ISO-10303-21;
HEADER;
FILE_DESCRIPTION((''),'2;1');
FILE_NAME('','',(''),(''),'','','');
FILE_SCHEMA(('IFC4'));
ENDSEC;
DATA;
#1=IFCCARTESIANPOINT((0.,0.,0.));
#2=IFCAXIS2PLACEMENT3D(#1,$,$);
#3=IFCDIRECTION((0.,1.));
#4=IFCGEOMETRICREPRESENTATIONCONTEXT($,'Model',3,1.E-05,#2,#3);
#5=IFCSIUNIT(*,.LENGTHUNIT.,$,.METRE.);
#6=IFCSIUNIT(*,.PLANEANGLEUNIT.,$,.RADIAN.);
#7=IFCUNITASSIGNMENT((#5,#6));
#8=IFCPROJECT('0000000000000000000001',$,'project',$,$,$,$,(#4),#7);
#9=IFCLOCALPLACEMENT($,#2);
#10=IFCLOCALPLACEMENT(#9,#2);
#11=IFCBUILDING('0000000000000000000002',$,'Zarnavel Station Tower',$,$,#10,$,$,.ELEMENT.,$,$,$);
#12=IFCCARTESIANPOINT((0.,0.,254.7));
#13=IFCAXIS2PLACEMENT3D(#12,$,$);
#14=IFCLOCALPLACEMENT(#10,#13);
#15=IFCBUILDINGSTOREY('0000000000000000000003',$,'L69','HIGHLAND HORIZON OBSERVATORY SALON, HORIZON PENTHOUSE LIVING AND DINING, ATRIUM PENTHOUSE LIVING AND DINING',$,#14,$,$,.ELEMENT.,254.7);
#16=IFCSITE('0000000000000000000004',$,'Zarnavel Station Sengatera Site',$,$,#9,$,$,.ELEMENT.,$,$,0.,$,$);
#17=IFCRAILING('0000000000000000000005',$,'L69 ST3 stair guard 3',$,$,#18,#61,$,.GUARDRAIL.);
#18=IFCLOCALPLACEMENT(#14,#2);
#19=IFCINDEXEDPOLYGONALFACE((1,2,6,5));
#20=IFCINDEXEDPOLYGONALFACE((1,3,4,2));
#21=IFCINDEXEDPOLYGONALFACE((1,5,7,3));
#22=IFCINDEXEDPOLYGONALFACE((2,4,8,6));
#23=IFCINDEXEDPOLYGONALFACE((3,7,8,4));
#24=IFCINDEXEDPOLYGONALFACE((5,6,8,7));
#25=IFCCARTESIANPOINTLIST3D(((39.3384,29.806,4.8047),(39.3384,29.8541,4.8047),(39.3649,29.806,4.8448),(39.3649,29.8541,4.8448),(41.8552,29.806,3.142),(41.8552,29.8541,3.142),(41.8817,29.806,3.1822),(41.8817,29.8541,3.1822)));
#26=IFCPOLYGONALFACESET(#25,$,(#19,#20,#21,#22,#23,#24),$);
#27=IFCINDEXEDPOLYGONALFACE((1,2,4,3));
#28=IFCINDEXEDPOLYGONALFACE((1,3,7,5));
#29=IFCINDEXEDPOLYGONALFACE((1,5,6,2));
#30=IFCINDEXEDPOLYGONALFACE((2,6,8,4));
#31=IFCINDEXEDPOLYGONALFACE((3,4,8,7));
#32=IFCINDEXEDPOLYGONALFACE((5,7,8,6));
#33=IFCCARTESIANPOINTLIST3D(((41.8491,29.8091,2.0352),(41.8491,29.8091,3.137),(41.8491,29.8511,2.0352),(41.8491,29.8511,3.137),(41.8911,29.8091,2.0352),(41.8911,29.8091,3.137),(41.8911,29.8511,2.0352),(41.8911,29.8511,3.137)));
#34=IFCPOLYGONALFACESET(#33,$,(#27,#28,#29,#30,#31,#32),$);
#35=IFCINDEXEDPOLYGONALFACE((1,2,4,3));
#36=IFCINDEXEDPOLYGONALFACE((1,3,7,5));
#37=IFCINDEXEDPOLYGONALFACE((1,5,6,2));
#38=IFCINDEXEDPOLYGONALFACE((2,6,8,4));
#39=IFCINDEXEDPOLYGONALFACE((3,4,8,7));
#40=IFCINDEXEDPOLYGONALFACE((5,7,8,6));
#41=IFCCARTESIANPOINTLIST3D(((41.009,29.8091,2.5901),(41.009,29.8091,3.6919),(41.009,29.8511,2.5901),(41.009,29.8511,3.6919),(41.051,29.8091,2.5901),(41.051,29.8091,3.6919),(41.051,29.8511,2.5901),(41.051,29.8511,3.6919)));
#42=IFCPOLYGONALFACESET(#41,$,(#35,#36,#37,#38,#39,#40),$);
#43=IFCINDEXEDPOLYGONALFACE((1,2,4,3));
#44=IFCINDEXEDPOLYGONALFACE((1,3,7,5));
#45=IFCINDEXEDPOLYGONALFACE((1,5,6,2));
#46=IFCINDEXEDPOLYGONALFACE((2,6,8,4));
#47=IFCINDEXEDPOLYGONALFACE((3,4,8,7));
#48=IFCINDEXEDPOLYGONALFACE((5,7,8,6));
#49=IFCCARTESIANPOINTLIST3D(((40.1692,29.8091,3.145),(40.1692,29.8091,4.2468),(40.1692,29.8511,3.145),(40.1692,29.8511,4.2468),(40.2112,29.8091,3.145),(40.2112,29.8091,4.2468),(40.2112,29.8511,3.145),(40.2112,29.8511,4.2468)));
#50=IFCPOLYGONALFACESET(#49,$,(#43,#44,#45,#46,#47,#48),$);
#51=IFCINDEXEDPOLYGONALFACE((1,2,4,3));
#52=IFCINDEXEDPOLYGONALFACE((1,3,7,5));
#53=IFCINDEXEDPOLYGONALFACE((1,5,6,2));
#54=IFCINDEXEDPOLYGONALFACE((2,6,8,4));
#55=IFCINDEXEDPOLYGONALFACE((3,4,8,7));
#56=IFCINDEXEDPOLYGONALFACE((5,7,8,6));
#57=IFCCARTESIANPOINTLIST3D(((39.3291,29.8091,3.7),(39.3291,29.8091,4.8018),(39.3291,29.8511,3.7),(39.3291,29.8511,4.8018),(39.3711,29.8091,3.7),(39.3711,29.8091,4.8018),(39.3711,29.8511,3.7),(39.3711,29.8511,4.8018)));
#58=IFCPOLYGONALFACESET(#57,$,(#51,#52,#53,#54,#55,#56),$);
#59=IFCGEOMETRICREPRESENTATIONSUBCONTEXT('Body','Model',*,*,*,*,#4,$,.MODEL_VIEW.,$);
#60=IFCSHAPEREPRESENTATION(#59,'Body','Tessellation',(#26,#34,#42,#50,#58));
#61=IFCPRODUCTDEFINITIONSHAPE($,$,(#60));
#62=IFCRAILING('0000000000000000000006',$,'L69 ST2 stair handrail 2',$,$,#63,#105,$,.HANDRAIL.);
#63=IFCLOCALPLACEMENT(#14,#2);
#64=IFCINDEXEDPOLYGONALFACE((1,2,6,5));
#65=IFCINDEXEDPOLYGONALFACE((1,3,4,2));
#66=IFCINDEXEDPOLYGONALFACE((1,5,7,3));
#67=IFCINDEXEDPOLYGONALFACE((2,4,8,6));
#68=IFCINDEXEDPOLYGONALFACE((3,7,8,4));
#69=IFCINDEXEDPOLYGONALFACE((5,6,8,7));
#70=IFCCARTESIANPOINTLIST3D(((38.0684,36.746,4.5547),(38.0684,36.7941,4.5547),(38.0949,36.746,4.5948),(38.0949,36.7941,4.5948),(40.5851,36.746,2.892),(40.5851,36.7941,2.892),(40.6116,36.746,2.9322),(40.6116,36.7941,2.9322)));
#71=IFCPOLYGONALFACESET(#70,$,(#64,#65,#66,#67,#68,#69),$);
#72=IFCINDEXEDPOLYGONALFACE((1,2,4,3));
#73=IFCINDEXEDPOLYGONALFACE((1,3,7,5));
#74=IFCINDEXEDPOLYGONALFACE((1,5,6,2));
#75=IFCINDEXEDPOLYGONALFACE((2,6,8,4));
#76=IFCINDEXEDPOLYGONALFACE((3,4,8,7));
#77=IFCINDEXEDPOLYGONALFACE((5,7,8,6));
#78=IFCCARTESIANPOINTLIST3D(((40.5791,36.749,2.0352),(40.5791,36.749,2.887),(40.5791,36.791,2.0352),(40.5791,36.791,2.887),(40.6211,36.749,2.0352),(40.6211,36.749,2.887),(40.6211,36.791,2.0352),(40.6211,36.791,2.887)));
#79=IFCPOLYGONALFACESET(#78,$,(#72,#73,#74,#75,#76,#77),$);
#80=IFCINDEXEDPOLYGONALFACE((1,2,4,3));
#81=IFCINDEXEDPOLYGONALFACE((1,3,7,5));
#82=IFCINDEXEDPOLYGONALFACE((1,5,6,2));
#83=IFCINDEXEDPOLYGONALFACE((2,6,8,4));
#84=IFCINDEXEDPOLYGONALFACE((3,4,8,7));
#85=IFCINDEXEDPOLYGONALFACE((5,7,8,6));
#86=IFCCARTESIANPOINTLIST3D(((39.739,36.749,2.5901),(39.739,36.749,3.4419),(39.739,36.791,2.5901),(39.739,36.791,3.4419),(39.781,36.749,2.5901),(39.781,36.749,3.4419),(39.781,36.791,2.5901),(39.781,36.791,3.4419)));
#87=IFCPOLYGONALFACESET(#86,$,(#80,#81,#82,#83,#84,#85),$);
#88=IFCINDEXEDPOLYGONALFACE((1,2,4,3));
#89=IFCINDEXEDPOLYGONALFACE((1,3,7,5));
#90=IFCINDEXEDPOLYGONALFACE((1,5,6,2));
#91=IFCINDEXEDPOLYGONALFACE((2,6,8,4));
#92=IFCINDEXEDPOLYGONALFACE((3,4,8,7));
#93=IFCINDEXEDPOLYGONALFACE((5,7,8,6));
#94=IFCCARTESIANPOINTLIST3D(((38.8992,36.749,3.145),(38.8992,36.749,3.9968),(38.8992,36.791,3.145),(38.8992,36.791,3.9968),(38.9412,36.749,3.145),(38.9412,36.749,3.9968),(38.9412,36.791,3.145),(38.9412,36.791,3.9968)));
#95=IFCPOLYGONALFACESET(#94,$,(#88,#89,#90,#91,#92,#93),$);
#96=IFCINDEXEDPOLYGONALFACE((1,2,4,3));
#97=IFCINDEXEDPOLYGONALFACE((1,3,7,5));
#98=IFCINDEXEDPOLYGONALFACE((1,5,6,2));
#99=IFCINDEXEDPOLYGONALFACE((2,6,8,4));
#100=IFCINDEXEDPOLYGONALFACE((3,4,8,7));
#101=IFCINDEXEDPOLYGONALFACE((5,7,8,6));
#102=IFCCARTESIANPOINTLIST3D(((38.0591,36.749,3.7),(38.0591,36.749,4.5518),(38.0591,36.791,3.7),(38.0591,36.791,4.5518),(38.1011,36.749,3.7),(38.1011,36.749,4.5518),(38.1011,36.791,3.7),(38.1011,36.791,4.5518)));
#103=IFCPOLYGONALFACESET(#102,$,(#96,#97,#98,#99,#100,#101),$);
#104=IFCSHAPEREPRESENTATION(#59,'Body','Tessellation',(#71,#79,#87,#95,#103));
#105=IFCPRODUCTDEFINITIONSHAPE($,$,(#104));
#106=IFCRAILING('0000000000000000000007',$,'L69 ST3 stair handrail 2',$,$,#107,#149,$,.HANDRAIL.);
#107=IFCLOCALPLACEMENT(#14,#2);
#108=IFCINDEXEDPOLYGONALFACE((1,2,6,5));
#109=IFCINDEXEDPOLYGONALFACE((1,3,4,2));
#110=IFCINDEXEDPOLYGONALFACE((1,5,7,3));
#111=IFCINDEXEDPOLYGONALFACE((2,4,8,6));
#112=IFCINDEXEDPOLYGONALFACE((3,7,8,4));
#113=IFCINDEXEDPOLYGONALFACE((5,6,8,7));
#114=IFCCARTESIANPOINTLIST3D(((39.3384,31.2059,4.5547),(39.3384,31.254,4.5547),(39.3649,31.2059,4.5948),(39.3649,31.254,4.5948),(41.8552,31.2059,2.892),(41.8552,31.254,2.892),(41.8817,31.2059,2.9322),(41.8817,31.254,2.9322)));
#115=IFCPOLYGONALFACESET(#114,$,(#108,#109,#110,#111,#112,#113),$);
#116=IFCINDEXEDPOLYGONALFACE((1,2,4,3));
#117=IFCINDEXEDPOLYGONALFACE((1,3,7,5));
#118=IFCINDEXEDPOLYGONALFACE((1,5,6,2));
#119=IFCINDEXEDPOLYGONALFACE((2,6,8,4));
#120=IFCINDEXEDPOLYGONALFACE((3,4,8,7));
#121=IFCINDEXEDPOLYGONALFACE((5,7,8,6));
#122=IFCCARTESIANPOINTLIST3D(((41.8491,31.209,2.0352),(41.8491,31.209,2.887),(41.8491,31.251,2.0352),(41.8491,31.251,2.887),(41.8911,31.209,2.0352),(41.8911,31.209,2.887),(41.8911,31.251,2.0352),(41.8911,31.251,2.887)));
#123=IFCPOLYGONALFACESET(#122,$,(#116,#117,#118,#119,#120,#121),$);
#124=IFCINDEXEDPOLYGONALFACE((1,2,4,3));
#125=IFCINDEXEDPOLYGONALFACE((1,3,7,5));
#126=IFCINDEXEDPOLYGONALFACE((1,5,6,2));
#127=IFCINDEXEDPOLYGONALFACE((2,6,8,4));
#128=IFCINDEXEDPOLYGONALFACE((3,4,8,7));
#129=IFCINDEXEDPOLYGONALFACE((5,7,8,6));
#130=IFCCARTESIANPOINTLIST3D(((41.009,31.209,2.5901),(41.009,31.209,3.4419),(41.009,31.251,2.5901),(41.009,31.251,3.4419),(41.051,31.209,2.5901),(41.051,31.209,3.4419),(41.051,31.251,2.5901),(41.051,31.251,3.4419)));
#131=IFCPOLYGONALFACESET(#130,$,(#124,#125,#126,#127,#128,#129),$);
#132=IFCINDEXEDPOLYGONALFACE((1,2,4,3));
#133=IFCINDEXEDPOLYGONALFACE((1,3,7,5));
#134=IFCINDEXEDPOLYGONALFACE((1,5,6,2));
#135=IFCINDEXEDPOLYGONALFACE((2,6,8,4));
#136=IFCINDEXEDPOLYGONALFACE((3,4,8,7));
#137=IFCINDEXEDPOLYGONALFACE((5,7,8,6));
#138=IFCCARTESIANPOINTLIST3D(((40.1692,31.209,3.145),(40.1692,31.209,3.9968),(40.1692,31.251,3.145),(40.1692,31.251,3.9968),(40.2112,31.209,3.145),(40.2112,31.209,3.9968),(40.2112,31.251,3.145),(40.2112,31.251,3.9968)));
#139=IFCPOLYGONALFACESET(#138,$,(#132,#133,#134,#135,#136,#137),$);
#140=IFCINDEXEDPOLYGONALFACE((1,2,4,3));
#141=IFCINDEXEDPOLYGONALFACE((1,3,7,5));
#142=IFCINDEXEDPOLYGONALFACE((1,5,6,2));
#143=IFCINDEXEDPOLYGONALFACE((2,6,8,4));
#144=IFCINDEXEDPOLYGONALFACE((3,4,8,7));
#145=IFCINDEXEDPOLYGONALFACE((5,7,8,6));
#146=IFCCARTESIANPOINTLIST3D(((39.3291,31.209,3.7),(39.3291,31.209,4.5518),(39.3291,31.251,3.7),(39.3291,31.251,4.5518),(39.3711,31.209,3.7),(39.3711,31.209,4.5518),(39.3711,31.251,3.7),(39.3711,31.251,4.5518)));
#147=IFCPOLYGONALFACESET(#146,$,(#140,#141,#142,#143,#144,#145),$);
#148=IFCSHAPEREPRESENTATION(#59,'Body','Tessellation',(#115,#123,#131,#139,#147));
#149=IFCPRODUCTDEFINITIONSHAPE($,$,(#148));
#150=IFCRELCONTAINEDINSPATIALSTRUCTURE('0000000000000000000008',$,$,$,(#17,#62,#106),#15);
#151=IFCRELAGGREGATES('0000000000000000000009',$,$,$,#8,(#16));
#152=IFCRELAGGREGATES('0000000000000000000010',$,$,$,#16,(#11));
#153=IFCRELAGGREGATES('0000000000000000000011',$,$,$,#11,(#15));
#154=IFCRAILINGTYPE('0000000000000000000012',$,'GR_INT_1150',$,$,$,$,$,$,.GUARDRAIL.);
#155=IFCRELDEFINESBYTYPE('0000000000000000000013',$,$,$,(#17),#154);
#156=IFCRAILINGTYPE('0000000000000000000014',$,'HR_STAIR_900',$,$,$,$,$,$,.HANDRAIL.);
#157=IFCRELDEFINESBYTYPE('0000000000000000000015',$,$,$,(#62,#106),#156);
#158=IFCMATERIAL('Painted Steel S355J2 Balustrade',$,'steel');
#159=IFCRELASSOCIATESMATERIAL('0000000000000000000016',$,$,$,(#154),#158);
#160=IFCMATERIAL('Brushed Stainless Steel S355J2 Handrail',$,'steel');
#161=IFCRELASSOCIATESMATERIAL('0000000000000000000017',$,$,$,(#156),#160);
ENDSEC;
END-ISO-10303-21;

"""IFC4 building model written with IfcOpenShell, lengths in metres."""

from ifc_helpers import new_model, si_unit, direction, frame, origin, origin_2d, place, context, subcontext, project, spatial, rectangle, extrude, material, type_object, element, save


model = new_model("IFC4")

# Units and contexts
model_context = context("Model", 3, precision=1e-05, world=origin(), true_north=direction((0.0, 1.0)))
body_context = subcontext(model_context, "Body", "Model", "MODEL_VIEW")
ifc_project = project(units=[si_unit("LENGTHUNIT", "METRE"), si_unit("PLANEANGLEUNIT", "RADIAN")], contexts=[model_context])

# Site, building, storey
site_placement = place(None, origin())
site = spatial("IfcSite", under=ifc_project, at=site_placement, Name="Zarnavel Station Sengatera Site", CompositionType="ELEMENT", RefElevation=0.0)
building_placement = place(site_placement, origin())
building = spatial("IfcBuilding", under=site, at=building_placement, Name="Zarnavel Station Tower", CompositionType="ELEMENT")
storey_placement = place(building_placement, frame((0.0, 0.0, 254.7)))
storey = spatial("IfcBuildingStorey", under=building, at=storey_placement, Name="L69", Description="HIGHLAND HORIZON OBSERVATORY SALON, HORIZON PENTHOUSE LIVING AND DINING, ATRIUM PENTHOUSE LIVING AND DINING", CompositionType="ELEMENT", Elevation=254.7)

# Railings
ifc_material_1 = material(Name="Painted Steel S355J2 Balustrade", Category="steel")
railing_type_1 = type_object("IfcRailingType", Name="GR_INT_1150", PredefinedType="GUARDRAIL", material=ifc_material_1)
railing_1_placement = place(storey_placement, frame((41.8701, 29.8301, 2.0352)))
element("IfcRailing", 1, at=railing_1_placement, inside=storey, type_object=railing_type_1, Name="L69 ST3 stair guard 3", PredefinedType="GUARDRAIL", context=body_context, shape_type="SweptSolid", body=[
    extrude(rectangle(XDim=0.0481, YDim=0.0481, at=origin_2d()), frame((-0.0017, 0.0, 1.127), z_axis=(-0.834369, 0.0, 0.551207), x_axis=(0.0, -1.0, 0.0)), (0.0, 0.0, 1.0), 3.0164),
    extrude(rectangle(XDim=0.042, YDim=0.042, at=origin_2d()), origin(), (0.0, 0.0, 1.0), 1.1018),
    extrude(rectangle(XDim=0.042, YDim=0.042, at=origin_2d()), frame((-0.8401, 0.0, 0.5549)), (0.0, 0.0, 1.0), 1.1018),
    extrude(rectangle(XDim=0.042, YDim=0.042, at=origin_2d()), frame((-1.6799, 0.0, 1.1099)), (0.0, 0.0, 1.0), 1.1018),
    extrude(rectangle(XDim=0.042, YDim=0.042, at=origin_2d()), frame((-2.52, 0.0, 1.6648)), (0.0, 0.0, 1.0), 1.1018),
])
ifc_material_2 = material(Name="Brushed Stainless Steel S355J2 Handrail", Category="steel")
railing_type_2 = type_object("IfcRailingType", Name="HR_STAIR_900", PredefinedType="HANDRAIL", material=ifc_material_2)
for number, where, name in (
    (2, (40.6001, 36.77, 2.0352), "L69 ST2 stair handrail 2"),
    (3, (41.8701, 31.23, 2.0352), "L69 ST3 stair handrail 2"),
):
    element("IfcRailing", number, at=place(storey_placement, frame(where)), inside=storey, type_object=railing_type_2, Name=name, PredefinedType="HANDRAIL", context=body_context, shape_type="SweptSolid", body=[
        extrude(rectangle(XDim=0.0481, YDim=0.0481, at=origin_2d()), frame((-0.0017, 0.0, 0.877), z_axis=(-0.834369, 0.0, 0.551207), x_axis=(0.0, -1.0, 0.0)), (0.0, 0.0, 1.0), 3.0164),
        extrude(rectangle(XDim=0.042, YDim=0.042, at=origin_2d()), origin(), (0.0, 0.0, 1.0), 0.8518),
        extrude(rectangle(XDim=0.042, YDim=0.042, at=origin_2d()), frame((-0.8401, 0.0, 0.5549)), (0.0, 0.0, 1.0), 0.8518),
        extrude(rectangle(XDim=0.042, YDim=0.042, at=origin_2d()), frame((-1.6799, 0.0, 1.1099)), (0.0, 0.0, 1.0), 0.8518),
        extrude(rectangle(XDim=0.042, YDim=0.042, at=origin_2d()), frame((-2.52, 0.0, 1.6648)), (0.0, 0.0, 1.0), 0.8518),
    ])

save(model, "model.ifc")
